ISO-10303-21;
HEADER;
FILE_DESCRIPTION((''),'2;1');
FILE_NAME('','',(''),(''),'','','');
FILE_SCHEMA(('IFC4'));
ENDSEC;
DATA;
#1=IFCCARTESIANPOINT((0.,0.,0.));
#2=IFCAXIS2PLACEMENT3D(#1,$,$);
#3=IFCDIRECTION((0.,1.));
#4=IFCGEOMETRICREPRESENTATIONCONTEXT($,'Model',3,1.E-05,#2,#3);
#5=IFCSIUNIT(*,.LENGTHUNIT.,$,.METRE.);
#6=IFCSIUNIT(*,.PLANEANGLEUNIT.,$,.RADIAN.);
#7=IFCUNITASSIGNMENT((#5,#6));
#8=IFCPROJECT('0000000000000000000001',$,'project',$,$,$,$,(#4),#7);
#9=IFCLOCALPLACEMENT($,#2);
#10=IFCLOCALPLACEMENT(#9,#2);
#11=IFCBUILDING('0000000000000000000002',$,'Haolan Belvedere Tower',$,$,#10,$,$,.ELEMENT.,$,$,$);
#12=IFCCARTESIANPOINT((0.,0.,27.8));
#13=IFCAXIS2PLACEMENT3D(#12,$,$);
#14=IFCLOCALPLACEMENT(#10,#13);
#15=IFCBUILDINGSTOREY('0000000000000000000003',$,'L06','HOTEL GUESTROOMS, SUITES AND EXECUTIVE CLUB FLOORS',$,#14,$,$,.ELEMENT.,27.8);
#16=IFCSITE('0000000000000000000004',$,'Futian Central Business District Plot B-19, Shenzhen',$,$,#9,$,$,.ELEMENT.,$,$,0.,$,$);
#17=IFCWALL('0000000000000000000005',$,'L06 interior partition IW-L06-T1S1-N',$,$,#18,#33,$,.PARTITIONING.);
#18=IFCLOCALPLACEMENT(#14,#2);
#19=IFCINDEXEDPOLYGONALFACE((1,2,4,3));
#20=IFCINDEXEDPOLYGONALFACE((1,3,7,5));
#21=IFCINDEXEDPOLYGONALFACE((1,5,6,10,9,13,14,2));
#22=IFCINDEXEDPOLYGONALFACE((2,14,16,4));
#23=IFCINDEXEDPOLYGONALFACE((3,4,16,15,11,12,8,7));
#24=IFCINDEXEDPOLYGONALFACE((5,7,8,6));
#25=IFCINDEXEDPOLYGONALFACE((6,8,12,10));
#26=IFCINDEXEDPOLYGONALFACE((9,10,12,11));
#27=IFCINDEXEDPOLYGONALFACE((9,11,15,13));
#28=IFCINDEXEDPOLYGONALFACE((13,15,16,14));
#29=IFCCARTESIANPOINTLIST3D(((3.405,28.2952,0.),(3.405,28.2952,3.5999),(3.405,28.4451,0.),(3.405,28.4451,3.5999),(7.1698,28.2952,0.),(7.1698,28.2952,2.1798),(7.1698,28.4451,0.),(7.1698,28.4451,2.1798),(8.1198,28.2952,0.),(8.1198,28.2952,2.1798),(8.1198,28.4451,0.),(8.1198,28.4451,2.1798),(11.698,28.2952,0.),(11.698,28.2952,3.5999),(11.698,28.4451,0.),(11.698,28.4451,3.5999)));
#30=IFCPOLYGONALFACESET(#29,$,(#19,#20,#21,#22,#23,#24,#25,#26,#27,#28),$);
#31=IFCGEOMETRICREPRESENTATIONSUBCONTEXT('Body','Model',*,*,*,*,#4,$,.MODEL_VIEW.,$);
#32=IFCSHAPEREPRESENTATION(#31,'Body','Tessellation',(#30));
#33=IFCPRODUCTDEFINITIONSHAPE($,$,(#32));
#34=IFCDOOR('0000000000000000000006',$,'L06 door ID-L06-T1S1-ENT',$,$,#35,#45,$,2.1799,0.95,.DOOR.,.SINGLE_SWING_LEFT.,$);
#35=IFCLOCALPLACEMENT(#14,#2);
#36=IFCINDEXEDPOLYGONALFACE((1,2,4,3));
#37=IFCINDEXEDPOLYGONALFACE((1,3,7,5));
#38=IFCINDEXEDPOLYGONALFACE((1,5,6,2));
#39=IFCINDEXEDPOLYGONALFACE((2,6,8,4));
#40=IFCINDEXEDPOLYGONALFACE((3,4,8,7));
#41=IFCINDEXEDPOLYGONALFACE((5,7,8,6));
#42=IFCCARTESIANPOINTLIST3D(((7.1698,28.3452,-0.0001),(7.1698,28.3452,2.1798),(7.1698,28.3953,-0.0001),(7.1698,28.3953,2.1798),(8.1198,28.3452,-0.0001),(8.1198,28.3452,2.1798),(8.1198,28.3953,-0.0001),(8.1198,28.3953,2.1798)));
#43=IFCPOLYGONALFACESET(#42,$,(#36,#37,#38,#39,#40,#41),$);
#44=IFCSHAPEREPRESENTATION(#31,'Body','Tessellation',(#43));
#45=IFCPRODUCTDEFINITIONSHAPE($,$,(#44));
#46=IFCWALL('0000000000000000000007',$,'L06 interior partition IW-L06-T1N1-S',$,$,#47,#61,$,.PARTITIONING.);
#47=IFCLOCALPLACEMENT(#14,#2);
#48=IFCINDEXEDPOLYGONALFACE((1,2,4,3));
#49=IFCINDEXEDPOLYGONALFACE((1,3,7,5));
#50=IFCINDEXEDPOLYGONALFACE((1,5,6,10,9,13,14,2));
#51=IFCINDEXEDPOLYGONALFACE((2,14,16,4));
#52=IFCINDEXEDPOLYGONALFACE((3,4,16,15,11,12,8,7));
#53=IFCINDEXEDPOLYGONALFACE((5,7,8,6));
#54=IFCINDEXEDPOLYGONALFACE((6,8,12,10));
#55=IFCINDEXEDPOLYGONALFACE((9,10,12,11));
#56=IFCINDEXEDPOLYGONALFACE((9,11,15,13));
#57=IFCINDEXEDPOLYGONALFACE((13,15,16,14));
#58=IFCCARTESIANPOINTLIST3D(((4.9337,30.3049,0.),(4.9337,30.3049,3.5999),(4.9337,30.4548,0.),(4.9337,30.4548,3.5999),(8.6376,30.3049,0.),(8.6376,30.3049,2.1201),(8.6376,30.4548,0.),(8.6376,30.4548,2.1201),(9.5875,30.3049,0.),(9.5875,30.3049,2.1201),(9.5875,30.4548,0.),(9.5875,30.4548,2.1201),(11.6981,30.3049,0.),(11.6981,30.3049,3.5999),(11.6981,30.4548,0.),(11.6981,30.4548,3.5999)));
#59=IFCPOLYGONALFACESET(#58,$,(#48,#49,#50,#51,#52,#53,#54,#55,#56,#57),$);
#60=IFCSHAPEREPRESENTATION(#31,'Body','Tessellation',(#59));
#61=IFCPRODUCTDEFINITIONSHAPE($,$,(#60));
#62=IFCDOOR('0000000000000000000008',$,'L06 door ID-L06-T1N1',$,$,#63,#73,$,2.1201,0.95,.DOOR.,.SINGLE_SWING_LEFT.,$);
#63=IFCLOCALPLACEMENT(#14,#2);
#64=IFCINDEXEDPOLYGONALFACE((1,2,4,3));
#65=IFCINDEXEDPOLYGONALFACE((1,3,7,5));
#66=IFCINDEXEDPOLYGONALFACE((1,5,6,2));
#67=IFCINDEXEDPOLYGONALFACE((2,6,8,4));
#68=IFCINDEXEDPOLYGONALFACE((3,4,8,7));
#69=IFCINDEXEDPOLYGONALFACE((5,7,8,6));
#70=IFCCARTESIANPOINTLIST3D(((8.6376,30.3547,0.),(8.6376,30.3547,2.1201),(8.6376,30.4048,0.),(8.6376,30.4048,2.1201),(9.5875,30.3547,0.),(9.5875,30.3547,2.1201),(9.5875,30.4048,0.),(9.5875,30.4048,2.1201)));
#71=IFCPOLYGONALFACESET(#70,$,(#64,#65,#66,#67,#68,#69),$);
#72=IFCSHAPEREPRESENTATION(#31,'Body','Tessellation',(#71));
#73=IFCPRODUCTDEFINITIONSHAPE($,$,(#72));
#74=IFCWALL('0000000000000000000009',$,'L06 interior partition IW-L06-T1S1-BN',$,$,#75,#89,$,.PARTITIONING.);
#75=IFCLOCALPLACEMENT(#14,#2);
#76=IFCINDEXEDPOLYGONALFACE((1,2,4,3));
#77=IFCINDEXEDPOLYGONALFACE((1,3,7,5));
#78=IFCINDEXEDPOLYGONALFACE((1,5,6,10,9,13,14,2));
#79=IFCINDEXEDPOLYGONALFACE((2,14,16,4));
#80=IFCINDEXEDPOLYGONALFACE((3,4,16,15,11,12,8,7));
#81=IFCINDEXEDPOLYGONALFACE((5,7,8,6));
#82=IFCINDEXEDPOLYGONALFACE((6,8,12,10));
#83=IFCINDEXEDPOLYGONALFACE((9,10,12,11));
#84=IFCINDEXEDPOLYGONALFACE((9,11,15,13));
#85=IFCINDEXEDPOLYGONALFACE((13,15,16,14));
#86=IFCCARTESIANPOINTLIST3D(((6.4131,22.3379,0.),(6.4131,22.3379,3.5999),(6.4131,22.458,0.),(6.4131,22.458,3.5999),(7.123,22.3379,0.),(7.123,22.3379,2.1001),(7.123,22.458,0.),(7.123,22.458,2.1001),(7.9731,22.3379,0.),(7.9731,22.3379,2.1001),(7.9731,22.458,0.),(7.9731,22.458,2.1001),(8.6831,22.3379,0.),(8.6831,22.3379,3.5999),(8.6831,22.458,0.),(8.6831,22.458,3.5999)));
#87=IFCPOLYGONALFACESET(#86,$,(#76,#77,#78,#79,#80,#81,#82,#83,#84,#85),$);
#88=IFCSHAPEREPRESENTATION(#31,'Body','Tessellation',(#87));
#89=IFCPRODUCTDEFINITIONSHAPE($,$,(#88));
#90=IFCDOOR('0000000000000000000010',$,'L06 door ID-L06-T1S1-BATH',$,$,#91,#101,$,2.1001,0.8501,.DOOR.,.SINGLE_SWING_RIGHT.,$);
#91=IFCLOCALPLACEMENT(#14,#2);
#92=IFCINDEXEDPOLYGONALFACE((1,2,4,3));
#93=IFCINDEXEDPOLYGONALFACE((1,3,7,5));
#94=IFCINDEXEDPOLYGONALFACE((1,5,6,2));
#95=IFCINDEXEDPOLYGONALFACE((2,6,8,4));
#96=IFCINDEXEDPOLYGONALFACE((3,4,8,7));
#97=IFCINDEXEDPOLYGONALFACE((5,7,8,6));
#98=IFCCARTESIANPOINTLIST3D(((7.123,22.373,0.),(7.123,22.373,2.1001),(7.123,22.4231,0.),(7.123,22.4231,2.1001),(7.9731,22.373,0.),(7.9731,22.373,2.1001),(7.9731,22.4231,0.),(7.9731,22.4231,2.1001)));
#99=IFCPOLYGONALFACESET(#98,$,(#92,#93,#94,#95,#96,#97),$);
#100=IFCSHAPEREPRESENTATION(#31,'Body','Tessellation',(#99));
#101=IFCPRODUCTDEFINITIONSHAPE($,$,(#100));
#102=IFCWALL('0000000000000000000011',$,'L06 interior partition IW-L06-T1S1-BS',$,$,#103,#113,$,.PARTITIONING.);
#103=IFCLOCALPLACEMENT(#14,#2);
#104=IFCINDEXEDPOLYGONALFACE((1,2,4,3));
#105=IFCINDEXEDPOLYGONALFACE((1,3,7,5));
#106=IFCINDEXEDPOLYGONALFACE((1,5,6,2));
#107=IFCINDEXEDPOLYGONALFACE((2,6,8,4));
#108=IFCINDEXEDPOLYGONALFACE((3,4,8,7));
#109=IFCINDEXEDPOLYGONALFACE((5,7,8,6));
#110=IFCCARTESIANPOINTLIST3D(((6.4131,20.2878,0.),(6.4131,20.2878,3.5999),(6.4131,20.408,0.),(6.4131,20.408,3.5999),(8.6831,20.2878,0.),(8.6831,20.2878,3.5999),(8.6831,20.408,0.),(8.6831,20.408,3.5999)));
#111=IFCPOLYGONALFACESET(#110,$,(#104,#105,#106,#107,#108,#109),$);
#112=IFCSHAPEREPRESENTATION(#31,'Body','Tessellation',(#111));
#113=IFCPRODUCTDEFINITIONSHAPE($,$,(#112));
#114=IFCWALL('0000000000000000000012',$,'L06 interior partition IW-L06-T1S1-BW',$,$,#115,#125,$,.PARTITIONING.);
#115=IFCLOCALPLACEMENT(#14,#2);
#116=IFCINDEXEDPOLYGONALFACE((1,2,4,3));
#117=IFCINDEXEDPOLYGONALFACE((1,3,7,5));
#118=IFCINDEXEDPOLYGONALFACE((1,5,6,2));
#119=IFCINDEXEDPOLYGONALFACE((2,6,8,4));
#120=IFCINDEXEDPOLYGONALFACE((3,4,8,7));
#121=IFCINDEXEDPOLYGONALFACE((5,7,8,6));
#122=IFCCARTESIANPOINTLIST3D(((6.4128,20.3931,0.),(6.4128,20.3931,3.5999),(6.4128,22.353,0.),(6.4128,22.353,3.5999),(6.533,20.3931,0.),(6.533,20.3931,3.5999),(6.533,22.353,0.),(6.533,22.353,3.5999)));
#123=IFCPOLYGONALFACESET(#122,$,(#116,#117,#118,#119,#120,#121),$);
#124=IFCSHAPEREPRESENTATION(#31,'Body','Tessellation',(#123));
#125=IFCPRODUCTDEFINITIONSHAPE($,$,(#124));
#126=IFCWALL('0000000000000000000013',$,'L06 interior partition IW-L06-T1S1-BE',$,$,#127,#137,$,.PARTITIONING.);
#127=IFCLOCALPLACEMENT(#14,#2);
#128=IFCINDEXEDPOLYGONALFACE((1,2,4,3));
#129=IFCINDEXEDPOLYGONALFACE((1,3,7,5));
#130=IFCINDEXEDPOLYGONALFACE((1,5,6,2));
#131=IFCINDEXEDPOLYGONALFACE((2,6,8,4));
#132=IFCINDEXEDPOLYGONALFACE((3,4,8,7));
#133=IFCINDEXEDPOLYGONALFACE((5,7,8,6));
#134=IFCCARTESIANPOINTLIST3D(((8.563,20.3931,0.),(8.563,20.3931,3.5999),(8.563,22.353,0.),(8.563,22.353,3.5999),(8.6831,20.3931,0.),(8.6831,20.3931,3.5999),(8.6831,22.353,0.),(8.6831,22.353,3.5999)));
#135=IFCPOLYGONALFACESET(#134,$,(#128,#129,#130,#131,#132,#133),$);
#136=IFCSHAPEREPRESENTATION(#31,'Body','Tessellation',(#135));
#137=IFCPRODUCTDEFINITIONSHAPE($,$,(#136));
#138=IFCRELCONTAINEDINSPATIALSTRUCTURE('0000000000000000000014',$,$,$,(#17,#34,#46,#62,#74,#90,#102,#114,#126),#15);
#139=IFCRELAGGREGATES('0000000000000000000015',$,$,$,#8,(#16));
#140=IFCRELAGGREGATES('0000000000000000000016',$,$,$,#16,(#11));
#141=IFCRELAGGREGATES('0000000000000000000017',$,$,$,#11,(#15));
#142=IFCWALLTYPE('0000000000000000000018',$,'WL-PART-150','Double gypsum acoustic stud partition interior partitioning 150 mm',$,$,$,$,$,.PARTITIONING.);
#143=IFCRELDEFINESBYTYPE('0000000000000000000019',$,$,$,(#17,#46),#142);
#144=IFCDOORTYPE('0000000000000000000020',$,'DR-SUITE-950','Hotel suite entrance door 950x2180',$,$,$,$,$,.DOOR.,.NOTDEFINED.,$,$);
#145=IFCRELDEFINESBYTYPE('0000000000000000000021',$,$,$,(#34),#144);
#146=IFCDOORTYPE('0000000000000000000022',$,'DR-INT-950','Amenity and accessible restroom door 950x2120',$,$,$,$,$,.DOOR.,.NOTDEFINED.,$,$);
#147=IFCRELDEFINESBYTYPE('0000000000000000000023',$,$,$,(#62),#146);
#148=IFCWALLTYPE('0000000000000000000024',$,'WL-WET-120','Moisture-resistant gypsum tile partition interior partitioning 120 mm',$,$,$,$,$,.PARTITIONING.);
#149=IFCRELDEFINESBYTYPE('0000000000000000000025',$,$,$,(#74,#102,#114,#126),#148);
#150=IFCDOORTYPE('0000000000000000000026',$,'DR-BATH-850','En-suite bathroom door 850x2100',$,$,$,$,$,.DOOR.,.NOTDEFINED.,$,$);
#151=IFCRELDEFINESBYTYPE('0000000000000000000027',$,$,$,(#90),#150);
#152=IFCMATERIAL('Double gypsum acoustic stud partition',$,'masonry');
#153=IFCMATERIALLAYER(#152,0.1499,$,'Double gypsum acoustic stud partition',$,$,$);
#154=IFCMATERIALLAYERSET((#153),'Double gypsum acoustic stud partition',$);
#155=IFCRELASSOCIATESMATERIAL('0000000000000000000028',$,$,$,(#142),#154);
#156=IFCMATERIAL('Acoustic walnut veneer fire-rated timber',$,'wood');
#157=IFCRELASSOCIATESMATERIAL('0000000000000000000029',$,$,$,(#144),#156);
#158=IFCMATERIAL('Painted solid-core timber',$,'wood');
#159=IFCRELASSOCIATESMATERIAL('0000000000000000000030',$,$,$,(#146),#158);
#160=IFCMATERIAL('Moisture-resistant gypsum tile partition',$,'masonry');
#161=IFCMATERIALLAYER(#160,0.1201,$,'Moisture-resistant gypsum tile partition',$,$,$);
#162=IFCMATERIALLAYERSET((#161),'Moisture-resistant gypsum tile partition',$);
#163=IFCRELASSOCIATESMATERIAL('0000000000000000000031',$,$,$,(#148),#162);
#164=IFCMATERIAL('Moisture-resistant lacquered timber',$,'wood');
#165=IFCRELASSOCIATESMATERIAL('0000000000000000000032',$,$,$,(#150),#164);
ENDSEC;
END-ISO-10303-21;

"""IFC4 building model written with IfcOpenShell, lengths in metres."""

from ifc_helpers import new_model, si_unit, direction, frame, frame_2d, origin, place, context, subcontext, project, spatial, rectangle, extrude, material, layer, layer_set, type_object, element, fill, save


model = new_model("IFC4")

# Units and contexts
model_context = context("Model", 3, precision=1e-05, world=origin(), true_north=direction((0.0, 1.0)))
body_context = subcontext(model_context, "Body", "Model", "MODEL_VIEW")
ifc_project = project(units=[si_unit("LENGTHUNIT", "METRE"), si_unit("PLANEANGLEUNIT", "RADIAN")], contexts=[model_context])

# Site, building, storey
site_placement = place(None, origin())
site = spatial("IfcSite", under=ifc_project, at=site_placement, Name="Futian Central Business District Plot B-19, Shenzhen", CompositionType="ELEMENT", RefElevation=0.0)
building_placement = place(site_placement, origin())
building = spatial("IfcBuilding", under=site, at=building_placement, Name="Haolan Belvedere Tower", CompositionType="ELEMENT")
storey_placement = place(building_placement, frame((0.0, 0.0, 27.8)))
storey = spatial("IfcBuildingStorey", under=building, at=storey_placement, Name="L06", Description="HOTEL GUESTROOMS, SUITES AND EXECUTIVE CLUB FLOORS", CompositionType="ELEMENT", Elevation=27.8)

# Walls, openings, doors
ifc_material_1 = material(Name="Double gypsum acoustic stud partition", Category="masonry")
ifc_layer_1 = layer(ifc_material_1, 0.1499, Name="Double gypsum acoustic stud partition")
ifc_layer_set_1 = layer_set([ifc_layer_1], Name="Double gypsum acoustic stud partition")
wall_type_1 = type_object("IfcWallType", Name="WL-PART-150", Description="Double gypsum acoustic stud partition interior partitioning 150 mm", PredefinedType="PARTITIONING", material=ifc_layer_set_1)
ifc_material_2 = material(Name="Acoustic walnut veneer fire-rated timber", Category="wood")
door_type_1 = type_object("IfcDoorType", Name="DR-SUITE-950", Description="Hotel suite entrance door 950x2180", OperationType="NOTDEFINED", PredefinedType="DOOR", material=ifc_material_2)
wall_1_placement = place(storey_placement, frame((3.405, 28.3701, 0.0), z_axis=(0.0, 0.0, 1.0), x_axis=(1.0, 0.0, 0.0)))
wall_1 = element("IfcWall", 1, at=wall_1_placement, inside=storey, type_object=wall_type_1, Name="L06 interior partition IW-L06-T1S1-N", PredefinedType="PARTITIONING", context=body_context, shape_type="SweptSolid", body=[
    extrude(rectangle(XDim=8.293, YDim=0.1499, at=frame_2d((4.1465, 0.0))), origin(), (0.0, 0.0, 1.0), 3.5999),
])
opening_1_placement = place(wall_1_placement, frame((4.7148, 0.0, 0.0), z_axis=(0.0, 0.0, 1.0), x_axis=(-1.0, 0.0, 0.0)))
opening_1 = element("IfcOpeningElement", 2, at=opening_1_placement, cuts=wall_1, PredefinedType="OPENING", context=body_context, shape_type="SweptSolid", body=[
    extrude(rectangle(XDim=0.95, YDim=2.1799, at=frame_2d((0.4751, 1.0898))), frame((0.0, 0.085, 0.0), z_axis=(0.0, -1.0, 0.0), x_axis=(1.0, 0.0, 0.0)), (0.0, 0.0, 1.0), 0.1699),
])
door_1_placement = place(opening_1_placement, origin())
door_1 = element("IfcDoor", 3, at=door_1_placement, inside=storey, type_object=door_type_1, Name="L06 door ID-L06-T1S1-ENT", OperationType="SINGLE_SWING_LEFT", OverallHeight=2.1799, OverallWidth=0.95, PredefinedType="DOOR", context=body_context, shape_type="SweptSolid", body=[
    extrude(rectangle(XDim=0.95, YDim=2.1799, at=frame_2d((0.4751, 1.0898))), frame((0.0, 0.0249, 0.0), z_axis=(0.0, -1.0, 0.0), x_axis=(1.0, 0.0, 0.0)), (0.0, 0.0, 1.0), 0.05),
])
fill(opening_1, door_1)
wall_2_placement = place(storey_placement, frame((4.9336, 30.3799, 0.0), z_axis=(0.0, 0.0, 1.0), x_axis=(1.0, 0.0, 0.0)))
wall_2 = element("IfcWall", 4, at=wall_2_placement, inside=storey, type_object=wall_type_1, Name="L06 interior partition IW-L06-T1N1-S", PredefinedType="PARTITIONING", context=body_context, shape_type="SweptSolid", body=[
    extrude(rectangle(XDim=6.7644, YDim=0.1499, at=frame_2d((3.3823, 0.0))), origin(), (0.0, 0.0, 1.0), 3.5999),
])
opening_2_placement = place(wall_2_placement, frame((3.7039, 0.0, 0.0)))
opening_2 = element("IfcOpeningElement", 5, at=opening_2_placement, cuts=wall_2, PredefinedType="OPENING", context=body_context, shape_type="SweptSolid", body=[
    extrude(rectangle(XDim=0.95, YDim=2.1201, at=frame_2d((0.4751, 1.0601))), frame((0.0, 0.085, 0.0), z_axis=(0.0, -1.0, 0.0), x_axis=(1.0, 0.0, 0.0)), (0.0, 0.0, 1.0), 0.1699),
])
ifc_material_3 = material(Name="Painted solid-core timber", Category="wood")
door_type_2 = type_object("IfcDoorType", Name="DR-INT-950", Description="Amenity and accessible restroom door 950x2120", OperationType="NOTDEFINED", PredefinedType="DOOR", material=ifc_material_3)
door_2_placement = place(opening_2_placement, origin())
door_2 = element("IfcDoor", 6, at=door_2_placement, inside=storey, type_object=door_type_2, Name="L06 door ID-L06-T1N1", OperationType="SINGLE_SWING_LEFT", OverallHeight=2.1201, OverallWidth=0.95, PredefinedType="DOOR", context=body_context, shape_type="SweptSolid", body=[
    extrude(rectangle(XDim=0.95, YDim=2.1201, at=frame_2d((0.4751, 1.0601))), frame((0.0, 0.0249, 0.0), z_axis=(0.0, -1.0, 0.0), x_axis=(1.0, 0.0, 0.0)), (0.0, 0.0, 1.0), 0.05),
])
fill(opening_2, door_2)
ifc_material_4 = material(Name="Moisture-resistant gypsum tile partition", Category="masonry")
ifc_layer_2 = layer(ifc_material_4, 0.1201, Name="Moisture-resistant gypsum tile partition")
ifc_layer_set_2 = layer_set([ifc_layer_2], Name="Moisture-resistant gypsum tile partition")
wall_type_2 = type_object("IfcWallType", Name="WL-WET-120", Description="Moisture-resistant gypsum tile partition interior partitioning 120 mm", PredefinedType="PARTITIONING", material=ifc_layer_set_2)
wall_3_placement = place(storey_placement, frame((6.4131, 22.3979, 0.0), z_axis=(0.0, 0.0, 1.0), x_axis=(1.0, 0.0, 0.0)))
wall_3 = element("IfcWall", 7, at=wall_3_placement, inside=storey, type_object=wall_type_2, Name="L06 interior partition IW-L06-T1S1-BN", PredefinedType="PARTITIONING", context=body_context, shape_type="SweptSolid", body=[
    extrude(rectangle(XDim=2.27, YDim=0.1201, at=frame_2d((1.135, 0.0))), origin(), (0.0, 0.0, 1.0), 3.5999),
])
opening_3_placement = place(wall_3_placement, frame((1.5601, 0.0, 0.0), z_axis=(0.0, 0.0, 1.0), x_axis=(-1.0, 0.0, 0.0)))
opening_3 = element("IfcOpeningElement", 8, at=opening_3_placement, cuts=wall_3, PredefinedType="OPENING", context=body_context, shape_type="SweptSolid", body=[
    extrude(rectangle(XDim=0.8501, YDim=2.1001, at=frame_2d((0.425, 1.05))), frame((0.0, 0.0701, 0.0), z_axis=(0.0, -1.0, 0.0), x_axis=(1.0, 0.0, 0.0)), (0.0, 0.0, 1.0), 0.1401),
])
ifc_material_5 = material(Name="Moisture-resistant lacquered timber", Category="wood")
door_type_3 = type_object("IfcDoorType", Name="DR-BATH-850", Description="En-suite bathroom door 850x2100", OperationType="NOTDEFINED", PredefinedType="DOOR", material=ifc_material_5)
door_3_placement = place(opening_3_placement, origin())
door_3 = element("IfcDoor", 9, at=door_3_placement, inside=storey, type_object=door_type_3, Name="L06 door ID-L06-T1S1-BATH", OperationType="SINGLE_SWING_RIGHT", OverallHeight=2.1001, OverallWidth=0.8501, PredefinedType="DOOR", context=body_context, shape_type="SweptSolid", body=[
    extrude(rectangle(XDim=0.8501, YDim=2.1001, at=frame_2d((0.425, 1.05))), frame((0.0, 0.0249, 0.0), z_axis=(0.0, -1.0, 0.0), x_axis=(1.0, 0.0, 0.0)), (0.0, 0.0, 1.0), 0.05),
])
fill(opening_3, door_3)

# Walls
wall_4_placement = place(storey_placement, frame((6.4131, 20.3479, 0.0), z_axis=(0.0, 0.0, 1.0), x_axis=(1.0, 0.0, 0.0)))
element("IfcWall", 10, at=wall_4_placement, inside=storey, type_object=wall_type_2, Name="L06 interior partition IW-L06-T1S1-BS", PredefinedType="PARTITIONING", context=body_context, shape_type="SweptSolid", body=[
    extrude(rectangle(XDim=2.27, YDim=0.1201, at=frame_2d((1.135, 0.0))), origin(), (0.0, 0.0, 1.0), 3.5999),
])
for number, where, z_axis, x_axis, name in (
    (11, (6.4729, 20.3931, 0.0), (0.0, 0.0, 1.0), (0.0, 1.0, 0.0), "L06 interior partition IW-L06-T1S1-BW"),
    (12, (8.623, 20.3931, 0.0), (0.0, 0.0, 1.0), (0.0, 1.0, 0.0), "L06 interior partition IW-L06-T1S1-BE"),
):
    element("IfcWall", number, at=place(storey_placement, frame(where, z_axis=z_axis, x_axis=x_axis)), inside=storey, type_object=wall_type_2, Name=name, PredefinedType="PARTITIONING", context=body_context, shape_type="SweptSolid", body=[
        extrude(rectangle(XDim=1.96, YDim=0.1201, at=frame_2d((0.98, 0.0))), origin(), (0.0, 0.0, 1.0), 3.5999),
    ])

save(model, "model.ifc")
